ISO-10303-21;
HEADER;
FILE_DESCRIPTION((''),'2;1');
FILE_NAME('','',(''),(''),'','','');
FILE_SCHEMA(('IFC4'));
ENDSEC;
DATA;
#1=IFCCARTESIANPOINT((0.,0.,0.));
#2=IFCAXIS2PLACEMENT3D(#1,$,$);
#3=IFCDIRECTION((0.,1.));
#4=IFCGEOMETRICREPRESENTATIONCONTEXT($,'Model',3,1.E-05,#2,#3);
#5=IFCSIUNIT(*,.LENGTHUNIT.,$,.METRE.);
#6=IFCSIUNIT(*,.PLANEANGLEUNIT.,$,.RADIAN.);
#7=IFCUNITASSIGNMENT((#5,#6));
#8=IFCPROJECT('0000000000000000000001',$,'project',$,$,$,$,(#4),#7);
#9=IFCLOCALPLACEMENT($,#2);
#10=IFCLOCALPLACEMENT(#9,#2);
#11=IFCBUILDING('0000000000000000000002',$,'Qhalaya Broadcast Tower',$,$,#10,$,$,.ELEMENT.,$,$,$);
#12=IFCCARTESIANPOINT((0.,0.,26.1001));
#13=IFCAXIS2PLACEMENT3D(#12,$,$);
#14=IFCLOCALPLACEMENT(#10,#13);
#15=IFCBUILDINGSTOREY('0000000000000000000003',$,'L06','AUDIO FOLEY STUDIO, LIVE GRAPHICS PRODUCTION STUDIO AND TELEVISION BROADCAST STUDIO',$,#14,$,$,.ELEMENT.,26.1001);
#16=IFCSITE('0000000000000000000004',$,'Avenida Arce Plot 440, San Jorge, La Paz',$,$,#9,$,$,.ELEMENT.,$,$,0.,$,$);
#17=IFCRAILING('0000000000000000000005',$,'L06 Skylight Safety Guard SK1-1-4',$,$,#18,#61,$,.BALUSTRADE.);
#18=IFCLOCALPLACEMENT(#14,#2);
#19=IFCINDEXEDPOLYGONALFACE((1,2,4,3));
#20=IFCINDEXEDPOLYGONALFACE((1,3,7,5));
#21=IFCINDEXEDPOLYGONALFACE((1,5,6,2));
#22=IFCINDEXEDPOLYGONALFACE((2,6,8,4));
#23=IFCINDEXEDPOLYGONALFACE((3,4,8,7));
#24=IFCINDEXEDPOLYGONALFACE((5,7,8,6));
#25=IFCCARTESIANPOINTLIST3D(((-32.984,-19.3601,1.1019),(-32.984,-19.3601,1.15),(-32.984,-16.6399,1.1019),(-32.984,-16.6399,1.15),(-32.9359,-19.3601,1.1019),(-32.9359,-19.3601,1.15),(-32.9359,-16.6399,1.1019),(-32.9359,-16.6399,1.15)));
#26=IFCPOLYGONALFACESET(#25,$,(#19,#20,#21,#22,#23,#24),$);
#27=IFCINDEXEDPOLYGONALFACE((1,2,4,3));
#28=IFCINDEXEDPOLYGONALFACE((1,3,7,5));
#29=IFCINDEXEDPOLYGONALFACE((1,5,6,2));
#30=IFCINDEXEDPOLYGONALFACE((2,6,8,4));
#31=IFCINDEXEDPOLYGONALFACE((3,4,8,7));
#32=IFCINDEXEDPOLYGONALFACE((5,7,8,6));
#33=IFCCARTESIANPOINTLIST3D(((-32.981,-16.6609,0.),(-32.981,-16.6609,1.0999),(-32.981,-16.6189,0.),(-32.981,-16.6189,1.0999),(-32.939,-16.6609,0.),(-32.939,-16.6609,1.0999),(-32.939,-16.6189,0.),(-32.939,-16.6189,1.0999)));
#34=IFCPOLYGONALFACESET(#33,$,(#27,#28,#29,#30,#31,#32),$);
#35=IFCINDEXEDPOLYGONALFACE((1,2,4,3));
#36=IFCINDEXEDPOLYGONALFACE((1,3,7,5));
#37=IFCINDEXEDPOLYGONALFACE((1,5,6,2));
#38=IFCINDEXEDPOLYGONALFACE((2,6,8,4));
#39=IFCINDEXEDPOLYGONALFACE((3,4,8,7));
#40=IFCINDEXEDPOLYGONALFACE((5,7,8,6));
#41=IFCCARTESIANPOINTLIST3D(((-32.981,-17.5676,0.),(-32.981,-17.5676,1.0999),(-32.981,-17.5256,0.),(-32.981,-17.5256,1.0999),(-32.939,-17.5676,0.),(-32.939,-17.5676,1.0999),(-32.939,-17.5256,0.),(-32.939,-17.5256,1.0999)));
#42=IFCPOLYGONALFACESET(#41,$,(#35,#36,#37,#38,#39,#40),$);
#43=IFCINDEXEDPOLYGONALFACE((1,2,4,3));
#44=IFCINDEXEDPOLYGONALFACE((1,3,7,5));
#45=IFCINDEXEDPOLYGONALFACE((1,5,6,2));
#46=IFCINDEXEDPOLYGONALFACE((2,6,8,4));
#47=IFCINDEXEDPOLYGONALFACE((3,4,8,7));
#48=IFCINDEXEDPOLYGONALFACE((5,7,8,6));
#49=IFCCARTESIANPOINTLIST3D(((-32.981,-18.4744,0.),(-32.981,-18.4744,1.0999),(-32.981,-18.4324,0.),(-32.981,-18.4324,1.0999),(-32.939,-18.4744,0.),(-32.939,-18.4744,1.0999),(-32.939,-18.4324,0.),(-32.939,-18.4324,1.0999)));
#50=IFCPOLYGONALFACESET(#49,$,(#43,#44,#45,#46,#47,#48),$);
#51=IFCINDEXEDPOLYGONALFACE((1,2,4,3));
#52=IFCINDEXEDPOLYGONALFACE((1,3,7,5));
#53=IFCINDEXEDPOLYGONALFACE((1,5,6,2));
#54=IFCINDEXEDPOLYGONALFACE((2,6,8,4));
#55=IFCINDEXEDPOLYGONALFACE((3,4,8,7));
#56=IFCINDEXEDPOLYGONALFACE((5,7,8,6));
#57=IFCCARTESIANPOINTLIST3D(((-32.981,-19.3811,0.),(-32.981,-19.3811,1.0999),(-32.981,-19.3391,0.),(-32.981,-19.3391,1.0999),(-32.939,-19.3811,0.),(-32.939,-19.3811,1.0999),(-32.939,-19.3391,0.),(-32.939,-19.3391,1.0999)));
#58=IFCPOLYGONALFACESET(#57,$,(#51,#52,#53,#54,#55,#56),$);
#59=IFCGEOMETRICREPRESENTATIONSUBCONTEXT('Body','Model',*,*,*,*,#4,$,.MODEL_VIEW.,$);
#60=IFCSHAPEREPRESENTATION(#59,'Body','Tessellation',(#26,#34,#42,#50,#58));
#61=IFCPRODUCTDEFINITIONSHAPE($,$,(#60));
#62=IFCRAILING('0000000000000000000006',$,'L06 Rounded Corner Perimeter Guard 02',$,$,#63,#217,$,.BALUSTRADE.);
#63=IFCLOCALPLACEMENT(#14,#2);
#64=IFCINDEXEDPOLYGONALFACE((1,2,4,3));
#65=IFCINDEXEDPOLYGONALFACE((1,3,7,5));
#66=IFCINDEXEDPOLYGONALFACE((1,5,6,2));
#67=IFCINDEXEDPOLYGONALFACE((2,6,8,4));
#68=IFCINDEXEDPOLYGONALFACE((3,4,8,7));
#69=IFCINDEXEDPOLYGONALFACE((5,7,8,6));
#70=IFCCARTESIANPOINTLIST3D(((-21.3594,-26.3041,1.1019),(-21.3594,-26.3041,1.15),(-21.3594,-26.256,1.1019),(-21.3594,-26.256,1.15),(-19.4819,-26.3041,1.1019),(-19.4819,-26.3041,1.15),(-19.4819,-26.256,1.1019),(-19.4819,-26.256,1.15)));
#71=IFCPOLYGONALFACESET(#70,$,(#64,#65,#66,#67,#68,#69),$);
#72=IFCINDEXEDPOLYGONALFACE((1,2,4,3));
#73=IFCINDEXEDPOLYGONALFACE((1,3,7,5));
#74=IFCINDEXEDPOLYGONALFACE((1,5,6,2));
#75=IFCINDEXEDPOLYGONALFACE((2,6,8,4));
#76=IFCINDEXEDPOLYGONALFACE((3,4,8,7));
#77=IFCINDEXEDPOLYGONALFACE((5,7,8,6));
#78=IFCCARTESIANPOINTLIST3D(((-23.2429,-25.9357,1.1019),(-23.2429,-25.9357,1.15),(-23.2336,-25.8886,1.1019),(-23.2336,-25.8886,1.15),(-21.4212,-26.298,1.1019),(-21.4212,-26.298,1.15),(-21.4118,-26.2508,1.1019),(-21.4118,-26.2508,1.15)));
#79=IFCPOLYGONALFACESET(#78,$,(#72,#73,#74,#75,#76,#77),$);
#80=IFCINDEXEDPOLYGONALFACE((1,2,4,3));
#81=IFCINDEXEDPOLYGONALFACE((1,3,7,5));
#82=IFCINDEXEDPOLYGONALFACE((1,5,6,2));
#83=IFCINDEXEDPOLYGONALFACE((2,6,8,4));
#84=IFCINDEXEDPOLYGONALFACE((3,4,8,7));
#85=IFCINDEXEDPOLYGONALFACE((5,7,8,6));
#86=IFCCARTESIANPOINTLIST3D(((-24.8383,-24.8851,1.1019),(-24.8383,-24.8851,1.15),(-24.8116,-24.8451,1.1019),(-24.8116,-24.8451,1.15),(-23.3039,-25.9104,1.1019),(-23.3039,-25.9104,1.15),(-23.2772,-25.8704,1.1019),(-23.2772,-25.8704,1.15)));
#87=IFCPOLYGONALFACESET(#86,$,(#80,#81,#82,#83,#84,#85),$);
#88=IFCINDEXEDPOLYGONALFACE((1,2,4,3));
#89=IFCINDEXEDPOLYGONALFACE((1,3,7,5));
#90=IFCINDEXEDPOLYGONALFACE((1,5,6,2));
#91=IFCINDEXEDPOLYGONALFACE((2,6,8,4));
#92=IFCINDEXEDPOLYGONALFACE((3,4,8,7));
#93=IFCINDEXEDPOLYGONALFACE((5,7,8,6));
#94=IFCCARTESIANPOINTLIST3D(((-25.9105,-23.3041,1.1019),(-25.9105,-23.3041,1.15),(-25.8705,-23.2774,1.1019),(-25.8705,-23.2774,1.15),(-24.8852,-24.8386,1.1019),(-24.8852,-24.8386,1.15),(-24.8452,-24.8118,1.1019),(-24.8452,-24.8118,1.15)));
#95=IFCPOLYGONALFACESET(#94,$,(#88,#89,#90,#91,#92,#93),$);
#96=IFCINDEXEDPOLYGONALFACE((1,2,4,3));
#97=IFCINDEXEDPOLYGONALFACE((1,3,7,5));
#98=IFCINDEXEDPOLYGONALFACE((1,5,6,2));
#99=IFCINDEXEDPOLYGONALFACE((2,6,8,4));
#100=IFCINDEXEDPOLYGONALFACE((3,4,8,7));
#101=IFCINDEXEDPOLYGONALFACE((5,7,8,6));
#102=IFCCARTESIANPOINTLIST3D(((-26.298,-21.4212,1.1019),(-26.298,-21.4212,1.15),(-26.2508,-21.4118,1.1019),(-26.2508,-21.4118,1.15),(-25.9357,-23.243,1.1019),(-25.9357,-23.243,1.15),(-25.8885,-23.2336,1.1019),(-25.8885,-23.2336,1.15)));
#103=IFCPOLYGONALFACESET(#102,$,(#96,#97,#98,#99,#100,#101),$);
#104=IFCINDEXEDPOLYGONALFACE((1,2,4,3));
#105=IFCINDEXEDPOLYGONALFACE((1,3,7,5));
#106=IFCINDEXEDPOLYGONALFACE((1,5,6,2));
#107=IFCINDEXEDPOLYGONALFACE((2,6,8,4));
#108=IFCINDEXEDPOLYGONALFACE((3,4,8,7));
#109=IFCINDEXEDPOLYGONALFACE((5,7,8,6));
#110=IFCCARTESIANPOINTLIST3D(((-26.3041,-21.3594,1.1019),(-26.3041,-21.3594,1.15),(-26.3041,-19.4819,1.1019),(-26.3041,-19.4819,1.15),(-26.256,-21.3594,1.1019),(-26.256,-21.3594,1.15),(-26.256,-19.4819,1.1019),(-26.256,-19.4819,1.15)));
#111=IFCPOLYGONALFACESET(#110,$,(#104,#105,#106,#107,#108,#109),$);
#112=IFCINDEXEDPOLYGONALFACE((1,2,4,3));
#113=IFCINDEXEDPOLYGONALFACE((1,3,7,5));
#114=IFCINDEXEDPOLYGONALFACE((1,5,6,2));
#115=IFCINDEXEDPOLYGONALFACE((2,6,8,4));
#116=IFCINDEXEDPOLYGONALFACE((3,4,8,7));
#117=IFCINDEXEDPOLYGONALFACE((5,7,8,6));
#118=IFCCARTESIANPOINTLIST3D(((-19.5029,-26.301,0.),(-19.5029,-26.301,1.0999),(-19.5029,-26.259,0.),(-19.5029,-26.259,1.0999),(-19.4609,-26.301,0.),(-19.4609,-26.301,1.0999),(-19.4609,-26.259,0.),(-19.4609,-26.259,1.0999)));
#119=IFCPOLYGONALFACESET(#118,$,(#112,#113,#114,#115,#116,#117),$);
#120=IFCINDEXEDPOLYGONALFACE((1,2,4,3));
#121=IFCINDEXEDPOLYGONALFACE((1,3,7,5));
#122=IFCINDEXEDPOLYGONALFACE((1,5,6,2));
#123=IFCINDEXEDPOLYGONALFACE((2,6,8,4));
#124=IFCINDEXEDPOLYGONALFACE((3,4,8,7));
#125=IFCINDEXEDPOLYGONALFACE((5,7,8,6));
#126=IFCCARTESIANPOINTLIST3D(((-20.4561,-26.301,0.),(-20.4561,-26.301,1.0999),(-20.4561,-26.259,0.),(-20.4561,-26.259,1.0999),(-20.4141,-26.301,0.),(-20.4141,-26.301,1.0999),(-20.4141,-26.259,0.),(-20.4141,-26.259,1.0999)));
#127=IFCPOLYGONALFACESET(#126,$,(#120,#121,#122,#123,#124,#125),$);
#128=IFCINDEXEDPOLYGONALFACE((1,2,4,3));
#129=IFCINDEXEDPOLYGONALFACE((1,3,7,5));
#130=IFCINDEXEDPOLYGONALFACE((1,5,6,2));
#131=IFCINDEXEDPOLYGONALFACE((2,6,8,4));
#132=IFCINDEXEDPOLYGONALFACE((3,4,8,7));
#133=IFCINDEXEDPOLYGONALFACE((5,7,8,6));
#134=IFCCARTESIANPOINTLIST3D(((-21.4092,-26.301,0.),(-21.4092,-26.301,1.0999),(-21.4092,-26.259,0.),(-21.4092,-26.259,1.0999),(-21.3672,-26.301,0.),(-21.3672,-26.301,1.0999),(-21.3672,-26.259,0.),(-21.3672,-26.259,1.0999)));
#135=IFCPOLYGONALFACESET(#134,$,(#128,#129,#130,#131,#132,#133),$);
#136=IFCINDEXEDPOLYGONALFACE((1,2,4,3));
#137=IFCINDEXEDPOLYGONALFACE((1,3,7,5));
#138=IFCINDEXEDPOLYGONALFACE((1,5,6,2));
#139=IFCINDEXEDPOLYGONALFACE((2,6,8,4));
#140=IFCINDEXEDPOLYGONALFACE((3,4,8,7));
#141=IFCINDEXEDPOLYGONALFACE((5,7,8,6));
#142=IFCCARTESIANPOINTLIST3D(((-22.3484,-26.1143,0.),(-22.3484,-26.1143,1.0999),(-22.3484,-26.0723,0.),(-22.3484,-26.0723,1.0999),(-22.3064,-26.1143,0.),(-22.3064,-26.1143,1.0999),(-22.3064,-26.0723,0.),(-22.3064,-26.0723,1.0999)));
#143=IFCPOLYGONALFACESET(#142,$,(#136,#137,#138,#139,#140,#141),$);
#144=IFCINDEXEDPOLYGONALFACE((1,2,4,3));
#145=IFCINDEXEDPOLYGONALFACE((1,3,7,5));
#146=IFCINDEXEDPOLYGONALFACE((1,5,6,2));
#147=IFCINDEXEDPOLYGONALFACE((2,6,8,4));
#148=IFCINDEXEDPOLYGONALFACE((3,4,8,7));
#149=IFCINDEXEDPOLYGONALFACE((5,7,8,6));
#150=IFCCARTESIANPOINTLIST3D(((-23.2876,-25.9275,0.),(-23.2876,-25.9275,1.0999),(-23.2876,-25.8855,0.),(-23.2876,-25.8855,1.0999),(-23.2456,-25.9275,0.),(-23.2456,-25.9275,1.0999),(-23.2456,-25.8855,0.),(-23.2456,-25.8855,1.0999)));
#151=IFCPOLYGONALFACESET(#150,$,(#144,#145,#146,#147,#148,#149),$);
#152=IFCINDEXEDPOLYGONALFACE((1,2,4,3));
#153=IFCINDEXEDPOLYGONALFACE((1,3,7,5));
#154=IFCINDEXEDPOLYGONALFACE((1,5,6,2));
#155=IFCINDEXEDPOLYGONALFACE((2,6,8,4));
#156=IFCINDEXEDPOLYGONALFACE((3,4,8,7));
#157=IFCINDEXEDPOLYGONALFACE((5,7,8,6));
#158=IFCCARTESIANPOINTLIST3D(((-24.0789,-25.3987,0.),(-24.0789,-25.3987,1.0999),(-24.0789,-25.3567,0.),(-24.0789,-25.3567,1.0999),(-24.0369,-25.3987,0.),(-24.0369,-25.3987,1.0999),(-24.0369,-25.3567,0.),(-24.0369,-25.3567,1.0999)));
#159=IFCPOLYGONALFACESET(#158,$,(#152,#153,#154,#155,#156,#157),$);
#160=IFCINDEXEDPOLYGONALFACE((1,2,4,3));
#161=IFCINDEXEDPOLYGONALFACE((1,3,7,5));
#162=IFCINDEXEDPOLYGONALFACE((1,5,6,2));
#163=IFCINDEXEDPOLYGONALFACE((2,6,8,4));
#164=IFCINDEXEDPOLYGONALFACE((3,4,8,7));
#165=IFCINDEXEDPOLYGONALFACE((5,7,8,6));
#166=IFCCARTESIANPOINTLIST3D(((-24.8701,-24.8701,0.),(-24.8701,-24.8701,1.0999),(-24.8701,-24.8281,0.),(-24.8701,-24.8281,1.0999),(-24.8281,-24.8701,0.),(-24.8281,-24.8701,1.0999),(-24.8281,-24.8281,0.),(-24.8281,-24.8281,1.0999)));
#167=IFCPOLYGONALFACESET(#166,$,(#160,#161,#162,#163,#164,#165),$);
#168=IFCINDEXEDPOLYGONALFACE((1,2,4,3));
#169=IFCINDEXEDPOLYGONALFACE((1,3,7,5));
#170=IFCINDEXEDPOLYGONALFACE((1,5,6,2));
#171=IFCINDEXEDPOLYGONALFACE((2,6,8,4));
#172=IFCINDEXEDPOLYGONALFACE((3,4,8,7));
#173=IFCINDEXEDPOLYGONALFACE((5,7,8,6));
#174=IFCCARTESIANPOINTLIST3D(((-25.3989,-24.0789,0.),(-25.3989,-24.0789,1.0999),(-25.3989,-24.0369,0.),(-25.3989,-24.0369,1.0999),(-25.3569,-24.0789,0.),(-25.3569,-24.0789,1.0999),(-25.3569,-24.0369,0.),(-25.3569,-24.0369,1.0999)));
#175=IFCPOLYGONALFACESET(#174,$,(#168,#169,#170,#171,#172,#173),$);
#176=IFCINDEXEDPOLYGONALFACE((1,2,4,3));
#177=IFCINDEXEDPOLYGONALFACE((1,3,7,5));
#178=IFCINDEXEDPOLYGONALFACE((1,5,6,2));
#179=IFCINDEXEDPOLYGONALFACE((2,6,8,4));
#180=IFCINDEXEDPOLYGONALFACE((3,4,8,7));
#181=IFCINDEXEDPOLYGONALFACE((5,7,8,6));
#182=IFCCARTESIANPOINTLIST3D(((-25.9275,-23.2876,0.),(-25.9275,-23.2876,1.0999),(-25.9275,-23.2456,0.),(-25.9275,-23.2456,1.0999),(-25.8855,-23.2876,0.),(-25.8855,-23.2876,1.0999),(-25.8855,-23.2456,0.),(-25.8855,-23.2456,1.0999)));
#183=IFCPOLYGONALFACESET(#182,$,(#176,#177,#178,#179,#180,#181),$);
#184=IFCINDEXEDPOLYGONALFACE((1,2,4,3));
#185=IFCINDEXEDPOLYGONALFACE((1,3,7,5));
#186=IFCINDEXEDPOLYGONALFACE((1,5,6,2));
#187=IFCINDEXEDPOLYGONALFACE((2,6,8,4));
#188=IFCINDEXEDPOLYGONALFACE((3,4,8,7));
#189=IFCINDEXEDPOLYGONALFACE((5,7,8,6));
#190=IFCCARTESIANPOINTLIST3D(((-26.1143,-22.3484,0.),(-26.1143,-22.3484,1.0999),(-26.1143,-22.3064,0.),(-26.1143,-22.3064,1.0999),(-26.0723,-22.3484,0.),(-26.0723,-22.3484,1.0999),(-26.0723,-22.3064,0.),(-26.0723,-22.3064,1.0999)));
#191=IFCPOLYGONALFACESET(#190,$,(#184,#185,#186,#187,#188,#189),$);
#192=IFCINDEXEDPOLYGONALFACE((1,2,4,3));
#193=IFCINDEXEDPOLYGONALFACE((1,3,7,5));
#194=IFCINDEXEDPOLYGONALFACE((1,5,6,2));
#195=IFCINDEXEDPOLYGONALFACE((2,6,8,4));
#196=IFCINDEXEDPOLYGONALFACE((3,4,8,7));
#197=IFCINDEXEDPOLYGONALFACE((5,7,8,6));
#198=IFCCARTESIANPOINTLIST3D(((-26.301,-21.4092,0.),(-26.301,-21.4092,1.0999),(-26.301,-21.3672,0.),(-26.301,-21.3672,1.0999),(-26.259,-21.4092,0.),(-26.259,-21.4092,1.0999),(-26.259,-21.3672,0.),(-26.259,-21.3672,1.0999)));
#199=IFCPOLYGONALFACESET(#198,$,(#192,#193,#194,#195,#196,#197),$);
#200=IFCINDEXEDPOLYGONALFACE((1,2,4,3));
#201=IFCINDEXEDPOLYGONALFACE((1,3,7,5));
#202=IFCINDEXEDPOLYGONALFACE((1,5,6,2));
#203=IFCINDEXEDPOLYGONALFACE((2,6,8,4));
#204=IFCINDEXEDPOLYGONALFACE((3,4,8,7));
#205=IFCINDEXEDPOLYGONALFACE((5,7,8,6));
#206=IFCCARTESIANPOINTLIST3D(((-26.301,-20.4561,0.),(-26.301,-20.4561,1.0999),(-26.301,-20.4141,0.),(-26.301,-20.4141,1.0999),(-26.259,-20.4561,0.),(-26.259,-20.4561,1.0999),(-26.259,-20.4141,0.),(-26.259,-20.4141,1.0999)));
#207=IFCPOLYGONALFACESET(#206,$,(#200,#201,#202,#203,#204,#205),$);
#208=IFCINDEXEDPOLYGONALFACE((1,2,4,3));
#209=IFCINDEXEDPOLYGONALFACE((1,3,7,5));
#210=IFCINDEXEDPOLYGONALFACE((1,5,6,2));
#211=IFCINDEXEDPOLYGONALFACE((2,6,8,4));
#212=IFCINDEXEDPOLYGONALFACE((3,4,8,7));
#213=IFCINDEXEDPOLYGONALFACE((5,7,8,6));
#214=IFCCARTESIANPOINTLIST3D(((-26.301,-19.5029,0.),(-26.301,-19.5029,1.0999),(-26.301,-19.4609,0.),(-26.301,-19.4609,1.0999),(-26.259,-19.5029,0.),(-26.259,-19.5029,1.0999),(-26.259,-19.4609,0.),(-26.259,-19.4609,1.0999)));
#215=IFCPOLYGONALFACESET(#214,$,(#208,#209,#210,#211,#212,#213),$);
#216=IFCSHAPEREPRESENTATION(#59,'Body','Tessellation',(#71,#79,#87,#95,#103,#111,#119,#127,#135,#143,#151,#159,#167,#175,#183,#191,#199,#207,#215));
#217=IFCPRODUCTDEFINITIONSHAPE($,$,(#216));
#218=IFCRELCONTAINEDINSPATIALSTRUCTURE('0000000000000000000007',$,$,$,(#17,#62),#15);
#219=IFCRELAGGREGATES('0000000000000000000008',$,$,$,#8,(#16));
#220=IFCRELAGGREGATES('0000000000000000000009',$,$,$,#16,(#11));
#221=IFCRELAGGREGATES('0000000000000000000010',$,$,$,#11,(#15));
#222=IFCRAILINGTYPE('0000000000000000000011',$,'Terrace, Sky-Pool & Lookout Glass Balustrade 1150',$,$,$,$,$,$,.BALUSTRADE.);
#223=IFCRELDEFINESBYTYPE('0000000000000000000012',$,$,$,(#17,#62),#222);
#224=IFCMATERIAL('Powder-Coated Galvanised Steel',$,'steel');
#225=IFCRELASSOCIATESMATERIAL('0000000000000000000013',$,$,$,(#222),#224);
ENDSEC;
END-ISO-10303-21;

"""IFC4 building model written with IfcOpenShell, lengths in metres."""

from ifc_helpers import new_model, si_unit, direction, frame, origin, origin_2d, place, context, subcontext, project, spatial, rectangle, extrude, material, type_object, element, save


model = new_model("IFC4")

# Units and contexts
model_context = context("Model", 3, precision=1e-05, world=origin(), true_north=direction((0.0, 1.0)))
body_context = subcontext(model_context, "Body", "Model", "MODEL_VIEW")
ifc_project = project(units=[si_unit("LENGTHUNIT", "METRE"), si_unit("PLANEANGLEUNIT", "RADIAN")], contexts=[model_context])

# Site, building, storey
site_placement = place(None, origin())
site = spatial("IfcSite", under=ifc_project, at=site_placement, Name="Avenida Arce Plot 440, San Jorge, La Paz", CompositionType="ELEMENT", RefElevation=0.0)
building_placement = place(site_placement, origin())
building = spatial("IfcBuilding", under=site, at=building_placement, Name="Qhalaya Broadcast Tower", CompositionType="ELEMENT")
storey_placement = place(building_placement, frame((0.0, 0.0, 26.1001)))
storey = spatial("IfcBuildingStorey", under=building, at=storey_placement, Name="L06", Description="AUDIO FOLEY STUDIO, LIVE GRAPHICS PRODUCTION STUDIO AND TELEVISION BROADCAST STUDIO", CompositionType="ELEMENT", Elevation=26.1001)

# Railings
ifc_material_1 = material(Name="Powder-Coated Galvanised Steel", Category="steel")
railing_type = type_object("IfcRailingType", Name="Terrace, Sky-Pool & Lookout Glass Balustrade 1150", PredefinedType="BALUSTRADE", material=ifc_material_1)
railing_1_placement = place(storey_placement, frame((-32.96, -16.6399, 0.0)))
element("IfcRailing", 1, at=railing_1_placement, inside=storey, type_object=railing_type, Name="L06 Skylight Safety Guard SK1-1-4", PredefinedType="BALUSTRADE", context=body_context, shape_type="SweptSolid", body=[
    extrude(rectangle(XDim=0.0481, YDim=0.0481, at=origin_2d()), frame((0.0, 0.0, 1.126), z_axis=(0.0, -1.0, 0.0), x_axis=(1.0, 0.0, 0.0)), (0.0, 0.0, 1.0), 2.7202),
    extrude(rectangle(XDim=0.042, YDim=0.042, at=origin_2d()), origin(), (0.0, 0.0, 1.0), 1.0999),
    extrude(rectangle(XDim=0.042, YDim=0.042, at=origin_2d()), frame((0.0, -0.9067, 0.0)), (0.0, 0.0, 1.0), 1.0999),
    extrude(rectangle(XDim=0.042, YDim=0.042, at=origin_2d()), frame((0.0, -1.8135, 0.0)), (0.0, 0.0, 1.0), 1.0999),
    extrude(rectangle(XDim=0.042, YDim=0.042, at=origin_2d()), frame((0.0, -2.7202, 0.0)), (0.0, 0.0, 1.0), 1.0999),
])
railing_2_placement = place(storey_placement, frame((-19.4819, -26.28, 0.0)))
element("IfcRailing", 2, at=railing_2_placement, inside=storey, type_object=railing_type, Name="L06 Rounded Corner Perimeter Guard 02", PredefinedType="BALUSTRADE", context=body_context, shape_type="SweptSolid", body=[
    extrude(rectangle(XDim=0.0481, YDim=0.0481, at=origin_2d()), frame((0.0, 0.0, 1.126), z_axis=(-1.0, 0.0, 0.0), x_axis=(0.0, -1.0, 0.0)), (0.0, 0.0, 1.0), 1.8774),
    extrude(rectangle(XDim=0.0481, YDim=0.0481, at=origin_2d()), frame((-1.9346, 0.0056, 1.126), z_axis=(-0.980796, 0.195037, 0.0), x_axis=(-0.195037, -0.980796, 0.0)), (0.0, 0.0, 1.0), 1.8574),
    extrude(rectangle(XDim=0.0481, YDim=0.0481, at=origin_2d()), frame((-3.8086, 0.3896, 1.126), z_axis=(-0.831478, 0.555558, 0.0), x_axis=(-0.555558, -0.831478, 0.0)), (0.0, 0.0, 1.0), 1.8455),
    extrude(rectangle(XDim=0.0481, YDim=0.0481, at=origin_2d()), frame((-5.3833, 1.4548, 1.126), z_axis=(-0.555558, 0.831478, 0.0), x_axis=(-0.831478, -0.555558, 0.0)), (0.0, 0.0, 1.0), 1.8455),
    extrude(rectangle(XDim=0.0481, YDim=0.0481, at=origin_2d()), frame((-6.4302, 3.0417, 1.126), z_axis=(-0.195037, 0.980796, 0.0), x_axis=(-0.980796, -0.195037, 0.0)), (0.0, 0.0, 1.0), 1.8574),
    extrude(rectangle(XDim=0.0481, YDim=0.0481, at=origin_2d()), frame((-6.7981, 4.9207, 1.126), z_axis=(0.0, 1.0, 0.0), x_axis=(-1.0, 0.0, 0.0)), (0.0, 0.0, 1.0), 1.8774),
    extrude(rectangle(XDim=0.042, YDim=0.042, at=origin_2d()), origin(), (0.0, 0.0, 1.0), 1.0999),
    extrude(rectangle(XDim=0.042, YDim=0.042, at=origin_2d()), frame((-0.9531, 0.0, 0.0)), (0.0, 0.0, 1.0), 1.0999),
    extrude(rectangle(XDim=0.042, YDim=0.042, at=origin_2d()), frame((-1.9062, 0.0, 0.0)), (0.0, 0.0, 1.0), 1.0999),
    extrude(rectangle(XDim=0.042, YDim=0.042, at=origin_2d()), frame((-2.8455, 0.1868, 0.0)), (0.0, 0.0, 1.0), 1.0999),
    extrude(rectangle(XDim=0.042, YDim=0.042, at=origin_2d()), frame((-3.7847, 0.3735, 0.0)), (0.0, 0.0, 1.0), 1.0999),
    extrude(rectangle(XDim=0.042, YDim=0.042, at=origin_2d()), frame((-4.5759, 0.9023, 0.0)), (0.0, 0.0, 1.0), 1.0999),
    extrude(rectangle(XDim=0.042, YDim=0.042, at=origin_2d()), frame((-5.3672, 1.4309, 0.0)), (0.0, 0.0, 1.0), 1.0999),
    extrude(rectangle(XDim=0.042, YDim=0.042, at=origin_2d()), frame((-5.896, 2.2222, 0.0)), (0.0, 0.0, 1.0), 1.0999),
    extrude(rectangle(XDim=0.042, YDim=0.042, at=origin_2d()), frame((-6.4246, 3.0134, 0.0)), (0.0, 0.0, 1.0), 1.0999),
    extrude(rectangle(XDim=0.042, YDim=0.042, at=origin_2d()), frame((-6.6113, 3.9526, 0.0)), (0.0, 0.0, 1.0), 1.0999),
    extrude(rectangle(XDim=0.042, YDim=0.042, at=origin_2d()), frame((-6.7981, 4.8918, 0.0)), (0.0, 0.0, 1.0), 1.0999),
    extrude(rectangle(XDim=0.042, YDim=0.042, at=origin_2d()), frame((-6.7981, 5.845, 0.0)), (0.0, 0.0, 1.0), 1.0999),
    extrude(rectangle(XDim=0.042, YDim=0.042, at=origin_2d()), frame((-6.7981, 6.7981, 0.0)), (0.0, 0.0, 1.0), 1.0999),
])

save(model, "model.ifc")
